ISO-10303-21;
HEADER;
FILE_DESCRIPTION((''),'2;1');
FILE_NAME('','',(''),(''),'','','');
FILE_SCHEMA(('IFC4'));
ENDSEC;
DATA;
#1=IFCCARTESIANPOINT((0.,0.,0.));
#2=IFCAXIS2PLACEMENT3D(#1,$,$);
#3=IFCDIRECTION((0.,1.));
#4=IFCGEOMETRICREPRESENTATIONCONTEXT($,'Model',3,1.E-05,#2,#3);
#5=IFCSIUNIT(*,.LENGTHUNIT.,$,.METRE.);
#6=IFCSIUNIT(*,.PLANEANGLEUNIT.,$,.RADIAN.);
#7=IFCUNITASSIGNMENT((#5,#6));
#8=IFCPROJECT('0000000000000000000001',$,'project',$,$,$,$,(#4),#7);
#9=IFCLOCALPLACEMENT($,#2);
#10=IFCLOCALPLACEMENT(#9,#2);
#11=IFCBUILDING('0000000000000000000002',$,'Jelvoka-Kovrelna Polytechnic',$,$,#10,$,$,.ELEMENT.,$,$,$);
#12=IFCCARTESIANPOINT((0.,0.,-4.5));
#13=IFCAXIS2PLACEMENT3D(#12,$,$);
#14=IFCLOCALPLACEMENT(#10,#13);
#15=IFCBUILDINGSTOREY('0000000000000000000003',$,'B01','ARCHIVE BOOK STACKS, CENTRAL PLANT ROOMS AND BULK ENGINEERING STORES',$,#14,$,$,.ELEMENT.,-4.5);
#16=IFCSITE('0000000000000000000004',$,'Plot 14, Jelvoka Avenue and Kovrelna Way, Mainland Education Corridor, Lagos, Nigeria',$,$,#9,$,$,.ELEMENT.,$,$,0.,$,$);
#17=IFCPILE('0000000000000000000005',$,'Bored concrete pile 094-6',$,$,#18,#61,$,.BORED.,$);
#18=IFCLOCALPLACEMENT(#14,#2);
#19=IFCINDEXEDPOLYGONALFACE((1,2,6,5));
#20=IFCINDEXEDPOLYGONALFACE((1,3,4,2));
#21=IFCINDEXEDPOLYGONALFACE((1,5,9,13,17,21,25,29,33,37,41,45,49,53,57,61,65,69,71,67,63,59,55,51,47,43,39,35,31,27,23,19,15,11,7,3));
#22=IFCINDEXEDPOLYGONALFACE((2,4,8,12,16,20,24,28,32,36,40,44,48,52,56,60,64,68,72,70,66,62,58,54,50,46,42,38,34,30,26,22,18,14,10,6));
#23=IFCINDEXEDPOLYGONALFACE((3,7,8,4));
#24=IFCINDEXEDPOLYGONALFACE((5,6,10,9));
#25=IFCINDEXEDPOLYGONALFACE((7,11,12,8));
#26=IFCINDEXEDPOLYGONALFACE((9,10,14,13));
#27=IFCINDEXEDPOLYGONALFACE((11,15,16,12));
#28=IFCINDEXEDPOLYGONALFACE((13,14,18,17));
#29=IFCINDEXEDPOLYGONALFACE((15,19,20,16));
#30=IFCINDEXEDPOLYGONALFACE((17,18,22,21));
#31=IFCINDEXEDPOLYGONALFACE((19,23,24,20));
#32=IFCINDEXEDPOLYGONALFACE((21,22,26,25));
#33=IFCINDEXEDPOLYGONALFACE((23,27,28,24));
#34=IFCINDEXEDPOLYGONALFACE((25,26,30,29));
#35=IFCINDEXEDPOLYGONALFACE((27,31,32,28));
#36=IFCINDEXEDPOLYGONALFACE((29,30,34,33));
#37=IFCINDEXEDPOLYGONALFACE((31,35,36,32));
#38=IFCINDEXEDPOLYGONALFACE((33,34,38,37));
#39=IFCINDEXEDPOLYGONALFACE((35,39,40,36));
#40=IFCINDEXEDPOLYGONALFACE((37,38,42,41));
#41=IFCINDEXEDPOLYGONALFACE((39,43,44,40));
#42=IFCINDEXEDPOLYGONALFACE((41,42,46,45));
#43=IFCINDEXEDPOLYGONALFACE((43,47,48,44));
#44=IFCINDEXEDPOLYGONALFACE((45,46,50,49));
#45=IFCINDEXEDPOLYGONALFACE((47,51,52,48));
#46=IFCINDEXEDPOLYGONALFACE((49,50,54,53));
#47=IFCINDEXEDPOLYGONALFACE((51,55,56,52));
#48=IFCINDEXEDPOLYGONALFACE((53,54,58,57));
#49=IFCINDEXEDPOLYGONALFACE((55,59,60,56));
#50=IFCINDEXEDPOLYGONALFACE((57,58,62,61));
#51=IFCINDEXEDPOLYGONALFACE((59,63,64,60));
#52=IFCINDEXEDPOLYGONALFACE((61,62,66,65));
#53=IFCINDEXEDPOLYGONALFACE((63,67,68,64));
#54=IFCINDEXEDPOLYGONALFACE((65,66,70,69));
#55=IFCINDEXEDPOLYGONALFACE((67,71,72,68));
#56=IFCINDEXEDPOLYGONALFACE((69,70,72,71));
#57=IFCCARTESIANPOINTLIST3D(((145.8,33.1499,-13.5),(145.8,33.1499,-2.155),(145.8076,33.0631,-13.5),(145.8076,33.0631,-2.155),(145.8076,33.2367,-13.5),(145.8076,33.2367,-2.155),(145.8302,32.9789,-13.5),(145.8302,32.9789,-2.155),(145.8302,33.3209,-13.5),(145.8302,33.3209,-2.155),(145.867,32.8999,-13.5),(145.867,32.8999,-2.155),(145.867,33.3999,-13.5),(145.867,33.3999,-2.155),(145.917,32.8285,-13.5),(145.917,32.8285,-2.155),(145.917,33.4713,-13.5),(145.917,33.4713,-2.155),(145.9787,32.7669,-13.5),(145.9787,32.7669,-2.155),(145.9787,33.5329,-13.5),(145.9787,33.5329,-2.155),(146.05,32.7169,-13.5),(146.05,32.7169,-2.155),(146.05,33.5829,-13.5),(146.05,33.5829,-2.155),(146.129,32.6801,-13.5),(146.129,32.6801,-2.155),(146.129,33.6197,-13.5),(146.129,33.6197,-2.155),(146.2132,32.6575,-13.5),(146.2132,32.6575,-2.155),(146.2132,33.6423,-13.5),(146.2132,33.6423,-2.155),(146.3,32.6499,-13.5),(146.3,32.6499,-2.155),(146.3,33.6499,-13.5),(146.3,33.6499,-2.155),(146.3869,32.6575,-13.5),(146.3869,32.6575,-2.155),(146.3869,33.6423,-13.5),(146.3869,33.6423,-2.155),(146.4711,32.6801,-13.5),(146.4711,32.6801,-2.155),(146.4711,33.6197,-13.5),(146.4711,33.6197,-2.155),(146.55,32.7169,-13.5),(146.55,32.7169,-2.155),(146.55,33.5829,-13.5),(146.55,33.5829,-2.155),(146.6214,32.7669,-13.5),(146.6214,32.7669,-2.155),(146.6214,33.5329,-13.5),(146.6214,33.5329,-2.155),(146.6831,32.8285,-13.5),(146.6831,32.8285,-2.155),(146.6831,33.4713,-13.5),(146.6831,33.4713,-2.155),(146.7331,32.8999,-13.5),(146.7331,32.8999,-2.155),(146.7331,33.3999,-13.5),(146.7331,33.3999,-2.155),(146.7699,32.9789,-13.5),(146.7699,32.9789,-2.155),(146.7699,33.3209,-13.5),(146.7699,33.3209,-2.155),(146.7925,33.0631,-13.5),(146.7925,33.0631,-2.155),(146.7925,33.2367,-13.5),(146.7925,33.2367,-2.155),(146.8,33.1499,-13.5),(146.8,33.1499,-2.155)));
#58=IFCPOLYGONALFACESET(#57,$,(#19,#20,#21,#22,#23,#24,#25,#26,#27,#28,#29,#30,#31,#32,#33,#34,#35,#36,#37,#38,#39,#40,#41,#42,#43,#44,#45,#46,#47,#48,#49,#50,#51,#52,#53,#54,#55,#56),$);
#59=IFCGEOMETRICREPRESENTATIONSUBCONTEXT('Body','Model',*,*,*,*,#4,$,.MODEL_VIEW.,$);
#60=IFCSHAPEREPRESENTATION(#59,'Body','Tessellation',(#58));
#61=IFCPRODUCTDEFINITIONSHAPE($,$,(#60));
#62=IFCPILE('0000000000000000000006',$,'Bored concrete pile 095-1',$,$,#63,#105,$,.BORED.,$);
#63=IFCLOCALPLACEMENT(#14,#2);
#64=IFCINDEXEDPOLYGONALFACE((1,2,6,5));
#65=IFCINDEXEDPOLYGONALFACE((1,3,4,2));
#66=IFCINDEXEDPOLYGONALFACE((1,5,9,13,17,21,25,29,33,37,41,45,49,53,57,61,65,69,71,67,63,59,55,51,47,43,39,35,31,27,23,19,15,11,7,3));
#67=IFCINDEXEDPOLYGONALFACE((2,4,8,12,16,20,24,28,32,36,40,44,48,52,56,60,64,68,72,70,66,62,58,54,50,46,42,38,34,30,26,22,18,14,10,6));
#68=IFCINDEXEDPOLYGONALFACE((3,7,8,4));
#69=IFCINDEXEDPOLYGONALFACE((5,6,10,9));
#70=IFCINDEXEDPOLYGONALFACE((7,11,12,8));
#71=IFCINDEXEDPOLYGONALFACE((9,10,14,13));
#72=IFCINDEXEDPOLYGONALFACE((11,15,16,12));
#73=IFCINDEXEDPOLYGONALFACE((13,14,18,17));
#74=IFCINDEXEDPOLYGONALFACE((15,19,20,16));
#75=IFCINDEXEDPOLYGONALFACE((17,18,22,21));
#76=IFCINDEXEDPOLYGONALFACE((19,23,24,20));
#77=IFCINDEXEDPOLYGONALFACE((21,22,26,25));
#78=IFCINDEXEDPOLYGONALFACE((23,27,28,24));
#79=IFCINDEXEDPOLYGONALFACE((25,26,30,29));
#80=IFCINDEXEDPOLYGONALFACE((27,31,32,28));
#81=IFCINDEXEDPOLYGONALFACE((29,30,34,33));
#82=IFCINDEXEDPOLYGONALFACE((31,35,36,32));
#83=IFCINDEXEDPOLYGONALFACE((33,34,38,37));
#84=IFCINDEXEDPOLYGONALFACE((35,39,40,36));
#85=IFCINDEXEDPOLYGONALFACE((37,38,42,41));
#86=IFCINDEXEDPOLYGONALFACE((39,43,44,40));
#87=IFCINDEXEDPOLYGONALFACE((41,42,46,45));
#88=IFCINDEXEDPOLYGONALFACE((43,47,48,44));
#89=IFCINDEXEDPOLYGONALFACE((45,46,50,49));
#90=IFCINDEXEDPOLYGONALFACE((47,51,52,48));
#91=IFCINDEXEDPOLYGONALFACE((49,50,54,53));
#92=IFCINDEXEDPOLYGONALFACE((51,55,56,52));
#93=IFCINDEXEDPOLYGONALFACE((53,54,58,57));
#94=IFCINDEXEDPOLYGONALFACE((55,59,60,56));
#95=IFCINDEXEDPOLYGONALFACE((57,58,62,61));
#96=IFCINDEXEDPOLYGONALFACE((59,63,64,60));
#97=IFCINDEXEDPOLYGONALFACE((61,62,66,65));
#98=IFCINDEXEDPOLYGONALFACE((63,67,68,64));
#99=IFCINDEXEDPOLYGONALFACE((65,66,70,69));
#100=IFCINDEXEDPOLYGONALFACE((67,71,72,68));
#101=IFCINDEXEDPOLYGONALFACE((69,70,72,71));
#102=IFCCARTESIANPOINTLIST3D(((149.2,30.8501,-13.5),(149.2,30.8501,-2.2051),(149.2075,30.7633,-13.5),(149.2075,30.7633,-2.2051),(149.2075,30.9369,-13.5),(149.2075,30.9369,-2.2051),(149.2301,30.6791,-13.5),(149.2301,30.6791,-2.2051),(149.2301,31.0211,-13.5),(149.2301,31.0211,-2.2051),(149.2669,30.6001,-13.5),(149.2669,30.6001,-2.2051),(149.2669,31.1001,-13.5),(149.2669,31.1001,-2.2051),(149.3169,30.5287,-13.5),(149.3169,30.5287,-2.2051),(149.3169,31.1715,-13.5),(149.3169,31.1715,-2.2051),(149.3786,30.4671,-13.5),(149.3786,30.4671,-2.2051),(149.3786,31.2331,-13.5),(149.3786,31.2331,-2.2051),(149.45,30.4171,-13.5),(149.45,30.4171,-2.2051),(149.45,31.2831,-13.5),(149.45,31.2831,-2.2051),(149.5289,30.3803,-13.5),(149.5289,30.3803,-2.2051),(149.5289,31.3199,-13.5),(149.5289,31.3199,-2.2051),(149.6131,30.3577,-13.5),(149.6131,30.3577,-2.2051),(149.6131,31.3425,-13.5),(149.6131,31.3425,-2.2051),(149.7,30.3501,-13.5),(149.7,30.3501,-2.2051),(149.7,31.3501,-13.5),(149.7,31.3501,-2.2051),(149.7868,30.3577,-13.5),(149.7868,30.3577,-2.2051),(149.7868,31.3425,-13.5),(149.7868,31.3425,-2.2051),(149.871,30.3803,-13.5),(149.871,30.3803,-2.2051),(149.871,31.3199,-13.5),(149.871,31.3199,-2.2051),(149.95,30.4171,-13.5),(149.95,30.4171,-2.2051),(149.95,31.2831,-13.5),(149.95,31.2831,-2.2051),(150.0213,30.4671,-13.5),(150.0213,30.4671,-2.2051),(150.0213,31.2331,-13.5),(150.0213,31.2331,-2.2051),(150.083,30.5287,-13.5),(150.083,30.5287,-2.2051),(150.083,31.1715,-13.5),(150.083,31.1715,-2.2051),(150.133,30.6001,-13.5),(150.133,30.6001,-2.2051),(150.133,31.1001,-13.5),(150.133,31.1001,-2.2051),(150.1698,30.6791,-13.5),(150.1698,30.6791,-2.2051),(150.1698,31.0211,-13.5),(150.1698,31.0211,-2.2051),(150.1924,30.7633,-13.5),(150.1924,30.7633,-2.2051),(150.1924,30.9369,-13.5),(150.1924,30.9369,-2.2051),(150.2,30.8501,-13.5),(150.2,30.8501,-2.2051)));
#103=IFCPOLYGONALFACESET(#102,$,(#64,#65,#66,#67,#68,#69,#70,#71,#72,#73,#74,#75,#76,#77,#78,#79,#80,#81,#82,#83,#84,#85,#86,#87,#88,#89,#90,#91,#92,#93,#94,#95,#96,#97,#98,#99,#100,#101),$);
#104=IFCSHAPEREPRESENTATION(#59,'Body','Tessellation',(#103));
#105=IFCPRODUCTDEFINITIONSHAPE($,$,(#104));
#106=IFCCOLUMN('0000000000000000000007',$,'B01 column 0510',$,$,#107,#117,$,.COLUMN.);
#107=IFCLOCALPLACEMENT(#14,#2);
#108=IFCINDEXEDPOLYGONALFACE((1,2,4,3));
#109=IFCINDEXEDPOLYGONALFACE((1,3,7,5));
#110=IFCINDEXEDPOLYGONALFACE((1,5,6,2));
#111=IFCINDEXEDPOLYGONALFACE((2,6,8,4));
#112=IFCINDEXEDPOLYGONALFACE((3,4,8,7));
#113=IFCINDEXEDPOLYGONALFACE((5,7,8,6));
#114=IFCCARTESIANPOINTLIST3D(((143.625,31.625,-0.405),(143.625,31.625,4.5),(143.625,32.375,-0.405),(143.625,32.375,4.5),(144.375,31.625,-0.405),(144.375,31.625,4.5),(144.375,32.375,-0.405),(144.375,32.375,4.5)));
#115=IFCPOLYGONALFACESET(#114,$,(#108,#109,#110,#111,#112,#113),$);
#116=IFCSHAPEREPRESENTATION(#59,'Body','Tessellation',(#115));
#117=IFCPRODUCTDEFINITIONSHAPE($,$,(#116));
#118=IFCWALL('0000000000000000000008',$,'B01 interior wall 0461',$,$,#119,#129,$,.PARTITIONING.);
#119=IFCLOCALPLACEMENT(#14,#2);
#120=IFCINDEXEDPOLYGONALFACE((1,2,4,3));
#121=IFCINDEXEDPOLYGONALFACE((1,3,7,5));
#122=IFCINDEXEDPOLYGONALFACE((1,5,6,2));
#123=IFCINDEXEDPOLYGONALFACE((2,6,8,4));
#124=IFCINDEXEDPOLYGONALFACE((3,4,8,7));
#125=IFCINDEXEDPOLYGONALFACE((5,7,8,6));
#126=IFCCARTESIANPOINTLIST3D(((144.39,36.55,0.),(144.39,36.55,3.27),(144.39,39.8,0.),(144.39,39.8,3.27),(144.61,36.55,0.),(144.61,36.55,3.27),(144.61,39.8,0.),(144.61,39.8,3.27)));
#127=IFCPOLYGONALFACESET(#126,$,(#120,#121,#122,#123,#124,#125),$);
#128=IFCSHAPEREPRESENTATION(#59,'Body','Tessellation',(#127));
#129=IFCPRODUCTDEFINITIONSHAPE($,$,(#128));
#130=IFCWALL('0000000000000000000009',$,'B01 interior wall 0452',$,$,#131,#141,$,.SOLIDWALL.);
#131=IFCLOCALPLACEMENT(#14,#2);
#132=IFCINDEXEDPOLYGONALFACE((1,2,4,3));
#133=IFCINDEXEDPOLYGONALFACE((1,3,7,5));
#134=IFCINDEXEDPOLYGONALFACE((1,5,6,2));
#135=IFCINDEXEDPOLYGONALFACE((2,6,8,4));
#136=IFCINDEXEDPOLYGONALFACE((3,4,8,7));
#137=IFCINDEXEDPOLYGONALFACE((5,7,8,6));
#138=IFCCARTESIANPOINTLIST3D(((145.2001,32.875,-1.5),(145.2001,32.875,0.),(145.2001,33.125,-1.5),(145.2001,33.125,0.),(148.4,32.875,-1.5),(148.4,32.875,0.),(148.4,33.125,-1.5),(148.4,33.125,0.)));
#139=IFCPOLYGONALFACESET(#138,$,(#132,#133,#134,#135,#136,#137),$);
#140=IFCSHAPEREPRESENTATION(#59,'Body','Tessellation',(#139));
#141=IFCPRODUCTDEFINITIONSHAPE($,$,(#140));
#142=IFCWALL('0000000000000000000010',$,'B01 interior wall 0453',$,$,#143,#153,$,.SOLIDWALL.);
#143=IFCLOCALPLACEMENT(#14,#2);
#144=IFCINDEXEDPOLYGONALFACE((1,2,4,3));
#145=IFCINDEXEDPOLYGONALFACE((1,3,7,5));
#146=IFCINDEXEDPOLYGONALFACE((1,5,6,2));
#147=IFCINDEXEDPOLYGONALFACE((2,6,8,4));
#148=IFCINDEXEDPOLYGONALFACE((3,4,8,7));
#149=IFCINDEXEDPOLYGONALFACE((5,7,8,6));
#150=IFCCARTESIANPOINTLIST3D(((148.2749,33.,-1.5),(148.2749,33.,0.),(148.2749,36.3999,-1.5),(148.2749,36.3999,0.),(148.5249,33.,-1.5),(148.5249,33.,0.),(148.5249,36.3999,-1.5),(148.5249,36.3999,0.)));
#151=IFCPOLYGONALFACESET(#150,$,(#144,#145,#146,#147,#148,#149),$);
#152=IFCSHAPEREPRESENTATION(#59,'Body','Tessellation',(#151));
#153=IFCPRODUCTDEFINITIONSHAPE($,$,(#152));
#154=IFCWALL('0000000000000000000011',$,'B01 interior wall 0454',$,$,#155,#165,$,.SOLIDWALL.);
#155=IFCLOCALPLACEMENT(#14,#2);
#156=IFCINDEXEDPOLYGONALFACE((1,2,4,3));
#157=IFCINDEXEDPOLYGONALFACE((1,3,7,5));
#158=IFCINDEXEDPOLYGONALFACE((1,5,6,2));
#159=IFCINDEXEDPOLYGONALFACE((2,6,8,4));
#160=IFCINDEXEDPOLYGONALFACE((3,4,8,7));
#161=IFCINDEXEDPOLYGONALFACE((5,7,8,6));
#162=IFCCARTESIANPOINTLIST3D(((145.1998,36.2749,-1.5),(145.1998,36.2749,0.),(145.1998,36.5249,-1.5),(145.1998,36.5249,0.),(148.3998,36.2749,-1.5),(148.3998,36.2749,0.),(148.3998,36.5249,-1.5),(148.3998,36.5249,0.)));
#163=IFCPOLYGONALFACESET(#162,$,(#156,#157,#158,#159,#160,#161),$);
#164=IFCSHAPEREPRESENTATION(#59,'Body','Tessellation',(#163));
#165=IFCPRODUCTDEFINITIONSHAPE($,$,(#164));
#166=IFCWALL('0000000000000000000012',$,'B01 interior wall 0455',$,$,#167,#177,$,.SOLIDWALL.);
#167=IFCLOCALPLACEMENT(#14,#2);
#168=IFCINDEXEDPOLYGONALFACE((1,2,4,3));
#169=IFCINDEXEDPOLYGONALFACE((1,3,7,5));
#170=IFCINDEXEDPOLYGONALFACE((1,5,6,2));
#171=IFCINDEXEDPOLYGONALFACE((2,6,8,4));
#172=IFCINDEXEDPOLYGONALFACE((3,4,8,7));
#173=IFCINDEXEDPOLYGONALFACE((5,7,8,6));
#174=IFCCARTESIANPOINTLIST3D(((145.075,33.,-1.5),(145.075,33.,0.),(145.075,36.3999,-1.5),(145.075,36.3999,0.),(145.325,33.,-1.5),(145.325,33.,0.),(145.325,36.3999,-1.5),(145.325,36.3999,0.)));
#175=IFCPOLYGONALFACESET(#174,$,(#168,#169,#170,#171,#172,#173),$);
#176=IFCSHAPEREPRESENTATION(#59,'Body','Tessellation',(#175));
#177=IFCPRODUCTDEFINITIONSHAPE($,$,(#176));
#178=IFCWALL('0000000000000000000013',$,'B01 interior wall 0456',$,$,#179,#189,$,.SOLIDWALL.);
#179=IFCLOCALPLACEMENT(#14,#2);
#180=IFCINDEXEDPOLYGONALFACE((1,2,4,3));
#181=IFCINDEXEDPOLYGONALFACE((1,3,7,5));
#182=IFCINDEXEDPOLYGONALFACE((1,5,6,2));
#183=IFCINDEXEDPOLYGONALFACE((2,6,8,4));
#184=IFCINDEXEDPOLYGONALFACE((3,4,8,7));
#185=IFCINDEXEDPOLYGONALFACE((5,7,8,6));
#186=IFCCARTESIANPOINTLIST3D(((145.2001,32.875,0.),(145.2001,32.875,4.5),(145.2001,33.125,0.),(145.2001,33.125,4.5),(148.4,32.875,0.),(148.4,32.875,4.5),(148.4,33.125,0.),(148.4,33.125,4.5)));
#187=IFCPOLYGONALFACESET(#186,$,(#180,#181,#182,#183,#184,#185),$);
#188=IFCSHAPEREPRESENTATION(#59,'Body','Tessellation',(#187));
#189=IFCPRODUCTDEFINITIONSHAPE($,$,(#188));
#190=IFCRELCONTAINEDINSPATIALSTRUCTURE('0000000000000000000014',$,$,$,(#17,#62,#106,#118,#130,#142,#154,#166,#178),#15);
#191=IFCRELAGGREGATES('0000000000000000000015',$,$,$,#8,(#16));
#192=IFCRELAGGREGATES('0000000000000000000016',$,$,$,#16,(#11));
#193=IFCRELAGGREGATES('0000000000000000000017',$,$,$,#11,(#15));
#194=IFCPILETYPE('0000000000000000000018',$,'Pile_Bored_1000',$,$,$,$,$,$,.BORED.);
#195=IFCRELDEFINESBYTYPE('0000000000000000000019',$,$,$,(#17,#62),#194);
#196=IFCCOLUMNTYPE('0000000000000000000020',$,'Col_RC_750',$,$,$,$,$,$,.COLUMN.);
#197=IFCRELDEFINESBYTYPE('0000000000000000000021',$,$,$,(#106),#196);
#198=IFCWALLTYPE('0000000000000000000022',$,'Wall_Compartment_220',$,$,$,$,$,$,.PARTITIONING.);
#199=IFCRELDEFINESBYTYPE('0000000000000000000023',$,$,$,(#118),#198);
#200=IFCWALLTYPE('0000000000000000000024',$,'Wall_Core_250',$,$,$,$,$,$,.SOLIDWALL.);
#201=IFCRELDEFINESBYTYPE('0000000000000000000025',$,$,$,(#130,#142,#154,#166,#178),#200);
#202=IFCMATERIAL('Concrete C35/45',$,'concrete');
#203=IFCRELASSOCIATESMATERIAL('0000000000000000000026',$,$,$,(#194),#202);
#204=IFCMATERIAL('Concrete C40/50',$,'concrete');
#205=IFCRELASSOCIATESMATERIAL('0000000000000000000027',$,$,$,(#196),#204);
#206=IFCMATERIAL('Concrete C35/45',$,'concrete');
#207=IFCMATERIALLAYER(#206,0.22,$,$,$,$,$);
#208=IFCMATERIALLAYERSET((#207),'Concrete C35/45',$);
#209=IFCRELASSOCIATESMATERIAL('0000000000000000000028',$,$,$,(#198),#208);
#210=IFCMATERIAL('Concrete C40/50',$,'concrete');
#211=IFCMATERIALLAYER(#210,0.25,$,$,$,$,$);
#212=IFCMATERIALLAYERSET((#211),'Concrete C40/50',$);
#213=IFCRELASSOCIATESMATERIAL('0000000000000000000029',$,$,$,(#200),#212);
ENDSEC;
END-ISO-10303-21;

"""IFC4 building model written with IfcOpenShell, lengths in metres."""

from ifc_helpers import new_model, si_unit, direction, frame, frame_2d, origin, origin_2d, place, context, subcontext, project, spatial, rectangle, circle, extrude, material, layer, layer_set, material_profile, profile_set, type_object, element, save


model = new_model("IFC4")

# Units and contexts
model_context = context("Model", 3, precision=1e-05, world=origin(), true_north=direction((0.0, 1.0)))
body_context = subcontext(model_context, "Body", "Model", "MODEL_VIEW")
ifc_project = project(units=[si_unit("LENGTHUNIT", "METRE"), si_unit("PLANEANGLEUNIT", "RADIAN")], contexts=[model_context])

# Site, building, storey
site_placement = place(None, origin())
site = spatial("IfcSite", under=ifc_project, at=site_placement, Name="Plot 14, Jelvoka Avenue and Kovrelna Way, Mainland Education Corridor, Lagos, Nigeria", CompositionType="ELEMENT", RefElevation=0.0)
building_placement = place(site_placement, origin())
building = spatial("IfcBuilding", under=site, at=building_placement, Name="Jelvoka-Kovrelna Polytechnic", CompositionType="ELEMENT")
storey_placement = place(building_placement, frame((0.0, 0.0, -4.5)))
storey = spatial("IfcBuildingStorey", under=building, at=storey_placement, Name="B01", Description="ARCHIVE BOOK STACKS, CENTRAL PLANT ROOMS AND BULK ENGINEERING STORES", CompositionType="ELEMENT", Elevation=-4.5)

# Piles
ifc_material_1 = material(Name="Concrete C35/45", Category="concrete")
ifc_material_profile_1 = material_profile(ifc_material_1, circle(Radius=0.5, at=origin_2d()), Name="PILE D1000")
ifc_profile_set_1 = profile_set([ifc_material_profile_1], Name="Concrete C35/45")
pile_type = type_object("IfcPileType", Name="Pile_Bored_1000", PredefinedType="BORED", material=ifc_profile_set_1)
for number, where, z_axis, x_axis, name in (
    (1, (146.3, 33.1499, -2.155), (0.0, 0.0, -1.0), (1.0, 0.0, 0.0), "Bored concrete pile 094-6"),
):
    element("IfcPile", number, at=place(storey_placement, frame(where, z_axis=z_axis, x_axis=x_axis)), inside=storey, type_object=pile_type, Name=name, PredefinedType="BORED", context=body_context, shape_type="SweptSolid", body=[
        extrude(circle(Radius=0.5, at=origin_2d()), origin(), (0.0, 0.0, 1.0), 11.345),
    ])
pile_placement = place(storey_placement, frame((149.7, 30.8501, -2.2051), z_axis=(0.0, 0.0, -1.0), x_axis=(1.0, 0.0, 0.0)))
element("IfcPile", 2, at=pile_placement, inside=storey, type_object=pile_type, Name="Bored concrete pile 095-1", PredefinedType="BORED", context=body_context, shape_type="SweptSolid", body=[
    extrude(circle(Radius=0.5, at=origin_2d()), origin(), (0.0, 0.0, 1.0), 11.2949),
])

# Column
ifc_material_2 = material(Name="Concrete C40/50", Category="concrete")
ifc_material_profile_2 = material_profile(ifc_material_2, rectangle(XDim=0.75, YDim=0.75, at=origin_2d()), Name="RC 750x750")
ifc_profile_set_2 = profile_set([ifc_material_profile_2], Name="Concrete C40/50")
column_type = type_object("IfcColumnType", Name="Col_RC_750", PredefinedType="COLUMN", material=ifc_profile_set_2)
column_placement = place(storey_placement, frame((144.0, 32.0, -0.405), z_axis=(0.0, 0.0, 1.0), x_axis=(1.0, 0.0, 0.0)))
element("IfcColumn", 3, at=column_placement, inside=storey, type_object=column_type, Name="B01 column 0510", PredefinedType="COLUMN", context=body_context, shape_type="SweptSolid", body=[
    extrude(rectangle(XDim=0.75, YDim=0.75, at=origin_2d()), origin(), (0.0, 0.0, 1.0), 4.905),
])

# Walls
ifc_material_3 = material(Name="Concrete C35/45", Category="concrete")
ifc_layer_1 = layer(ifc_material_3, 0.22)
ifc_layer_set_1 = layer_set([ifc_layer_1], Name="Concrete C35/45")
wall_type_1 = type_object("IfcWallType", Name="Wall_Compartment_220", PredefinedType="PARTITIONING", material=ifc_layer_set_1)
wall_1_placement = place(storey_placement, frame((144.5, 36.55, 0.0), z_axis=(0.0, 0.0, 1.0), x_axis=(0.0, 1.0, 0.0)))
element("IfcWall", 4, at=wall_1_placement, inside=storey, type_object=wall_type_1, Name="B01 interior wall 0461", PredefinedType="PARTITIONING", context=body_context, shape_type="SweptSolid", body=[
    extrude(rectangle(XDim=3.25, YDim=0.22, at=frame_2d((1.625, 0.0))), origin(), (0.0, 0.0, 1.0), 3.27),
])
ifc_material_4 = material(Name="Concrete C40/50", Category="concrete")
ifc_layer_2 = layer(ifc_material_4, 0.25)
ifc_layer_set_2 = layer_set([ifc_layer_2], Name="Concrete C40/50")
wall_type_2 = type_object("IfcWallType", Name="Wall_Core_250", PredefinedType="SOLIDWALL", material=ifc_layer_set_2)
wall_2_placement = place(storey_placement, frame((145.2, 33.0, -1.5), z_axis=(0.0, 0.0, 1.0), x_axis=(1.0, 0.0, 0.0)))
element("IfcWall", 5, at=wall_2_placement, inside=storey, type_object=wall_type_2, Name="B01 interior wall 0452", PredefinedType="SOLIDWALL", context=body_context, shape_type="SweptSolid", body=[
    extrude(rectangle(XDim=3.2, YDim=0.25, at=frame_2d((1.6001, 0.0))), origin(), (0.0, 0.0, 1.0), 1.5),
])
wall_3_placement = place(storey_placement, frame((148.3999, 33.0, -1.5), z_axis=(0.0, 0.0, 1.0), x_axis=(0.0, 1.0, 0.0)))
element("IfcWall", 6, at=wall_3_placement, inside=storey, type_object=wall_type_2, Name="B01 interior wall 0453", PredefinedType="SOLIDWALL", context=body_context, shape_type="SweptSolid", body=[
    extrude(rectangle(XDim=3.3999, YDim=0.25, at=frame_2d((1.7, 0.0))), origin(), (0.0, 0.0, 1.0), 1.5),
])
wall_4_placement = place(storey_placement, frame((148.3999, 36.3999, -1.5), z_axis=(0.0, 0.0, 1.0), x_axis=(-1.0, 0.0, 0.0)))
element("IfcWall", 7, at=wall_4_placement, inside=storey, type_object=wall_type_2, Name="B01 interior wall 0454", PredefinedType="SOLIDWALL", context=body_context, shape_type="SweptSolid", body=[
    extrude(rectangle(XDim=3.2, YDim=0.25, at=frame_2d((1.6001, 0.0))), origin(), (0.0, 0.0, 1.0), 1.5),
])
wall_5_placement = place(storey_placement, frame((145.2, 36.3999, -1.5), z_axis=(0.0, 0.0, 1.0), x_axis=(0.0, -1.0, 0.0)))
element("IfcWall", 8, at=wall_5_placement, inside=storey, type_object=wall_type_2, Name="B01 interior wall 0455", PredefinedType="SOLIDWALL", context=body_context, shape_type="SweptSolid", body=[
    extrude(rectangle(XDim=3.3999, YDim=0.25, at=frame_2d((1.7, 0.0))), origin(), (0.0, 0.0, 1.0), 1.5),
])
wall_6_placement = place(storey_placement, frame((145.2, 33.0, 0.0), z_axis=(0.0, 0.0, 1.0), x_axis=(1.0, 0.0, 0.0)))
element("IfcWall", 9, at=wall_6_placement, inside=storey, type_object=wall_type_2, Name="B01 interior wall 0456", PredefinedType="SOLIDWALL", context=body_context, shape_type="SweptSolid", body=[
    extrude(rectangle(XDim=3.2, YDim=0.25, at=frame_2d((1.6001, 0.0))), origin(), (0.0, 0.0, 1.0), 4.5),
])

save(model, "model.ifc")
